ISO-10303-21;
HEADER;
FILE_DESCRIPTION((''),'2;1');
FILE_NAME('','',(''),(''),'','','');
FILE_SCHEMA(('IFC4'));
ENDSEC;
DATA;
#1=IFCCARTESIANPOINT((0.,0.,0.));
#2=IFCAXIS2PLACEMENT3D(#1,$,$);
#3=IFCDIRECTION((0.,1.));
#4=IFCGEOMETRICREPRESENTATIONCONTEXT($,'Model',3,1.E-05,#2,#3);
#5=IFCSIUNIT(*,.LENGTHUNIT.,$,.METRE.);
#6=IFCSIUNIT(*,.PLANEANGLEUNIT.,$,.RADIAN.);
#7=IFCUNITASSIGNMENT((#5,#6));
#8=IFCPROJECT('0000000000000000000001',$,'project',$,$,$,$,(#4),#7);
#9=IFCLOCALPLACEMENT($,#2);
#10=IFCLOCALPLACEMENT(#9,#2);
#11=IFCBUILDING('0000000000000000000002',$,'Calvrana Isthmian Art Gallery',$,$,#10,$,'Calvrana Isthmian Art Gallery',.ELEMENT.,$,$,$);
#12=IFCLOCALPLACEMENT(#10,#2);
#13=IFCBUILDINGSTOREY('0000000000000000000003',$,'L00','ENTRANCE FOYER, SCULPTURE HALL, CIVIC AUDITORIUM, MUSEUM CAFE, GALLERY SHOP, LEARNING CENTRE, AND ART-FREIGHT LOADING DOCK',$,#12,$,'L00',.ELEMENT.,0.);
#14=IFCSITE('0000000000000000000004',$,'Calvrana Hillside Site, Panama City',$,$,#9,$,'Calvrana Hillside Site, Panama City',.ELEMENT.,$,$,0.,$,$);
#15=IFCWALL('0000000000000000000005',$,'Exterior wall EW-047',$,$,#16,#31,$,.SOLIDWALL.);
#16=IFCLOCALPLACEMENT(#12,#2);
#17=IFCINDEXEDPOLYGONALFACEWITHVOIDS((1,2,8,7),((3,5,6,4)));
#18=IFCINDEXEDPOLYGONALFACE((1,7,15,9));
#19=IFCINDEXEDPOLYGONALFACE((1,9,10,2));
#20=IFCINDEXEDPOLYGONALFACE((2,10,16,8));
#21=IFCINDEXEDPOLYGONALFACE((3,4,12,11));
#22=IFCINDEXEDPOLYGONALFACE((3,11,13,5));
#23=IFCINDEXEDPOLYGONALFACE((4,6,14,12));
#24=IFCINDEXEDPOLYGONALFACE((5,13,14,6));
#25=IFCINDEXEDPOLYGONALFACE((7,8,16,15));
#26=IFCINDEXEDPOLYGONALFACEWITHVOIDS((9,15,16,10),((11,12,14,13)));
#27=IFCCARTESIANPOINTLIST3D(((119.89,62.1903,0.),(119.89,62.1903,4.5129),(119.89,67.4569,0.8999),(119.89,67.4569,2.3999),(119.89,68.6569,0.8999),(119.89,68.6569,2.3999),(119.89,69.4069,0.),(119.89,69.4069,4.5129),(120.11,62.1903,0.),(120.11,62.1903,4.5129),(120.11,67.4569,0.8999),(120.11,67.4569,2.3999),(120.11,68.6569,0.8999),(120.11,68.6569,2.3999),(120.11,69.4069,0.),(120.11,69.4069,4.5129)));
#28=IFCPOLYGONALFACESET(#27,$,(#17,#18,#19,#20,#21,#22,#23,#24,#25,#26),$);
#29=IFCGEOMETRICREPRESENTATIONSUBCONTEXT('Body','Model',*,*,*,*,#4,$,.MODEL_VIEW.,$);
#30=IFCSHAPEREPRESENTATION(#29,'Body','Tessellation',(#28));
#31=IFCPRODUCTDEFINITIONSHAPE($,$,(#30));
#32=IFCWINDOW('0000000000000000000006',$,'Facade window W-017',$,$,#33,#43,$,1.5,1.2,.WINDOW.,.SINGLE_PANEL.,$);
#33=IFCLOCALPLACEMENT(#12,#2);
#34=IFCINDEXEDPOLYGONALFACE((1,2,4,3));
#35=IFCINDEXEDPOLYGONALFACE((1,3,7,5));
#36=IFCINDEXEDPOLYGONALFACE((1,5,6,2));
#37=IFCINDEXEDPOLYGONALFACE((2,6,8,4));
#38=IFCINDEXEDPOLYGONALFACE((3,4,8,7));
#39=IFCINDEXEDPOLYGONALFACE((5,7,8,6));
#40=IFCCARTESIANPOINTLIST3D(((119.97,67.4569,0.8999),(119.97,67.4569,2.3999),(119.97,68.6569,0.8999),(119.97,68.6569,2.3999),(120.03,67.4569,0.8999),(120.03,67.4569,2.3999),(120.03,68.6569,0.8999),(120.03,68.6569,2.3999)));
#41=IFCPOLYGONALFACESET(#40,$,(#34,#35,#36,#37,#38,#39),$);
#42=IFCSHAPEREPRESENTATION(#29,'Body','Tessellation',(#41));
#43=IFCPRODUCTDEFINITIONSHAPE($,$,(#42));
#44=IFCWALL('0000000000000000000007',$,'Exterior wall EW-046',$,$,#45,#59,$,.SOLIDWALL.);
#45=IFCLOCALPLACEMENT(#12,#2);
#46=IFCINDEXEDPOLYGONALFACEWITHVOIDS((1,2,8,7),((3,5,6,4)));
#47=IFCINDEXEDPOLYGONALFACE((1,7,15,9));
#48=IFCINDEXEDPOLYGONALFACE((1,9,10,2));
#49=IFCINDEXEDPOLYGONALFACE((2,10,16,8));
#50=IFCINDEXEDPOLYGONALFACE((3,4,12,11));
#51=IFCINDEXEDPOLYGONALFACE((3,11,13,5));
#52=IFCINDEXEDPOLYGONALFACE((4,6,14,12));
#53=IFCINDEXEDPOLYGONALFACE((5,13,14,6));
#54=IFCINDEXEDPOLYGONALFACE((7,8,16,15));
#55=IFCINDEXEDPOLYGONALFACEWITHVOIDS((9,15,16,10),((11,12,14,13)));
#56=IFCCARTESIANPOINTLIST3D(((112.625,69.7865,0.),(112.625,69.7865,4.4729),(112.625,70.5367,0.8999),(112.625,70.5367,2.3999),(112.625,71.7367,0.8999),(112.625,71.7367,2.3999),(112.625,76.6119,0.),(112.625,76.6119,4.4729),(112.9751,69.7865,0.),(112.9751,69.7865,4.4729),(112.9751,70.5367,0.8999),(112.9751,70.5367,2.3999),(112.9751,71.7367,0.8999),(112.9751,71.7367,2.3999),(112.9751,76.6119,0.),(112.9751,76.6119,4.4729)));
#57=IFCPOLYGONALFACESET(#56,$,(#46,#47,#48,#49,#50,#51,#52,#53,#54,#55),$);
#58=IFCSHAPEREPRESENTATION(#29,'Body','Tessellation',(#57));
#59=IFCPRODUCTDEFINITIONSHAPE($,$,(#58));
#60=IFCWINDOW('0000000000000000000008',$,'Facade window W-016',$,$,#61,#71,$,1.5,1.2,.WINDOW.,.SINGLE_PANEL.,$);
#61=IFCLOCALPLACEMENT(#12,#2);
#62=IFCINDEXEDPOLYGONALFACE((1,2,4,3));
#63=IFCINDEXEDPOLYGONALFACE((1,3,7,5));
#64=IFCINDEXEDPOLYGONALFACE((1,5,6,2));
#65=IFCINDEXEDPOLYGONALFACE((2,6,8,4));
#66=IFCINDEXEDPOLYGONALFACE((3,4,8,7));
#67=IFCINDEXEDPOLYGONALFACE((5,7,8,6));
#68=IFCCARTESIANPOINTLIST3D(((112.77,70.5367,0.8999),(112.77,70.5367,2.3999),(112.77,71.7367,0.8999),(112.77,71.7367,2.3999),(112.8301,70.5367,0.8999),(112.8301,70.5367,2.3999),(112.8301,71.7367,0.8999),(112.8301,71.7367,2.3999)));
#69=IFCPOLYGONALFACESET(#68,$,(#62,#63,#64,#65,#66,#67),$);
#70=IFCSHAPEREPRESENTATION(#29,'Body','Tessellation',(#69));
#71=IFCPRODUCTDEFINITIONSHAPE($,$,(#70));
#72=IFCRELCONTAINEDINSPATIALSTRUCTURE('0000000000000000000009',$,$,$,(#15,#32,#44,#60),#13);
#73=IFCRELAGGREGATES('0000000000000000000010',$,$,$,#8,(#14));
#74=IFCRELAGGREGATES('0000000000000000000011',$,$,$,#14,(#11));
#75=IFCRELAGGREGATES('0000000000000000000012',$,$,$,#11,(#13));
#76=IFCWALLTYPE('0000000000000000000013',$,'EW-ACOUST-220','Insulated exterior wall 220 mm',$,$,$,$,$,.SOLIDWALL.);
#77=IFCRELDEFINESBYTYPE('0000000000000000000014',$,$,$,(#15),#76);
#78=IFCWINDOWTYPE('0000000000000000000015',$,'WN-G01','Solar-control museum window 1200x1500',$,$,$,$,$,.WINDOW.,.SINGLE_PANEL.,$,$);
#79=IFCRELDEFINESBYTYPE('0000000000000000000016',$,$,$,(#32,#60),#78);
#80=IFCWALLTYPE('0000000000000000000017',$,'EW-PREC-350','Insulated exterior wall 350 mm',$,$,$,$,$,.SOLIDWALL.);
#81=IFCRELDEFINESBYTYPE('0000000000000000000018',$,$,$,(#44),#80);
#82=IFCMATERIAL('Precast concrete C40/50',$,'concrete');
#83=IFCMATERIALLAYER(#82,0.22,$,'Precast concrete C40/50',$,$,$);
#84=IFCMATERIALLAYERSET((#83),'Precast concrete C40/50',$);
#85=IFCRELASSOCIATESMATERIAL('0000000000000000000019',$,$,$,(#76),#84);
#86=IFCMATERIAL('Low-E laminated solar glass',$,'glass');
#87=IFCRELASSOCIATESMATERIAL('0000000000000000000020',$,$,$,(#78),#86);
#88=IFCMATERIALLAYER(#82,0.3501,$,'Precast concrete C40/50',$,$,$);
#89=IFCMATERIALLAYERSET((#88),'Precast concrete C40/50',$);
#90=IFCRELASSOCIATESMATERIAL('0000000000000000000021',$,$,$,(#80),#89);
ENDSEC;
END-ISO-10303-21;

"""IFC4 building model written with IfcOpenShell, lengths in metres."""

from ifc_helpers import new_model, si_unit, direction, frame, frame_2d, origin, place, context, subcontext, project, spatial, rectangle, extrude, material, layer, layer_set, type_object, element, fill, save


model = new_model("IFC4")

# Units and contexts
model_context = context("Model", 3, precision=1e-05, world=origin(), true_north=direction((0.0, 1.0)))
body_context = subcontext(model_context, "Body", "Model", "MODEL_VIEW")
ifc_project = project(units=[si_unit("LENGTHUNIT", "METRE"), si_unit("PLANEANGLEUNIT", "RADIAN")], contexts=[model_context])

# Site, building, storey
site_placement = place(None, origin())
site = spatial("IfcSite", under=ifc_project, at=site_placement, Name="Calvrana Hillside Site, Panama City", LongName="Calvrana Hillside Site, Panama City", CompositionType="ELEMENT", RefElevation=0.0)
building_placement = place(site_placement, origin())
building = spatial("IfcBuilding", under=site, at=building_placement, Name="Calvrana Isthmian Art Gallery", LongName="Calvrana Isthmian Art Gallery", CompositionType="ELEMENT")
storey_placement = place(building_placement, origin())
storey = spatial("IfcBuildingStorey", under=building, at=storey_placement, Name="L00", Description="ENTRANCE FOYER, SCULPTURE HALL, CIVIC AUDITORIUM, MUSEUM CAFE, GALLERY SHOP, LEARNING CENTRE, AND ART-FREIGHT LOADING DOCK", LongName="L00", CompositionType="ELEMENT", Elevation=0.0)

# Shared definitions
ifc_material_1 = material(Name="Low-E laminated solar glass", Category="glass")

# Walls, openings, windows
ifc_material_2 = material(Name="Precast concrete C40/50", Category="concrete")
ifc_layer_1 = layer(ifc_material_2, 0.22, Name="Precast concrete C40/50")
ifc_layer_set_1 = layer_set([ifc_layer_1], Name="Precast concrete C40/50")
wall_type_1 = type_object("IfcWallType", Name="EW-ACOUST-220", Description="Insulated exterior wall 220 mm", PredefinedType="SOLIDWALL", material=ifc_layer_set_1)
wall_1_placement = place(storey_placement, frame((120.0, 69.407, 0.0), z_axis=(0.0, 0.0, 1.0), x_axis=(0.0, -1.0, 0.0)))
wall_1 = element("IfcWall", 1, at=wall_1_placement, inside=storey, type_object=wall_type_1, Name="Exterior wall EW-047", PredefinedType="SOLIDWALL", context=body_context, shape_type="SweptSolid", body=[
    extrude(rectangle(XDim=7.2166, YDim=0.22, at=frame_2d((3.6084, 0.0))), origin(), (0.0, 0.0, 1.0), 4.5129),
])
opening_1_placement = place(wall_1_placement, frame((0.75, 0.0, 0.8999)))
opening_1 = element("IfcOpeningElement", 2, at=opening_1_placement, cuts=wall_1, PredefinedType="OPENING", context=body_context, shape_type="SweptSolid", body=[
    extrude(rectangle(XDim=1.2, YDim=1.5, at=frame_2d((0.6001, 0.75))), frame((0.0, 0.1201, 0.0), z_axis=(0.0, -1.0, 0.0), x_axis=(1.0, 0.0, 0.0)), (0.0, 0.0, 1.0), 0.2405),
])
window_type = type_object("IfcWindowType", Name="WN-G01", Description="Solar-control museum window 1200x1500", PartitioningType="SINGLE_PANEL", PredefinedType="WINDOW", material=ifc_material_1)
window_1_placement = place(opening_1_placement, origin())
window_1 = element("IfcWindow", 3, at=window_1_placement, inside=storey, type_object=window_type, Name="Facade window W-017", OverallHeight=1.5, OverallWidth=1.2, PartitioningType="SINGLE_PANEL", PredefinedType="WINDOW", context=body_context, shape_type="SweptSolid", body=[
    extrude(rectangle(XDim=1.2, YDim=1.5, at=frame_2d((0.6001, 0.75))), frame((0.0, 0.03, 0.0), z_axis=(0.0, -1.0, 0.0), x_axis=(1.0, 0.0, 0.0)), (0.0, 0.0, 1.0), 0.0601),
])
fill(opening_1, window_1)
ifc_layer_2 = layer(ifc_material_2, 0.3501, Name="Precast concrete C40/50")
ifc_layer_set_2 = layer_set([ifc_layer_2], Name="Precast concrete C40/50")
wall_type_2 = type_object("IfcWallType", Name="EW-PREC-350", Description="Insulated exterior wall 350 mm", PredefinedType="SOLIDWALL", material=ifc_layer_set_2)
wall_2_placement = place(storey_placement, frame((112.8, 69.7866, 0.0), z_axis=(0.0, 0.0, 1.0), x_axis=(0.0, 1.0, 0.0)))
wall_2 = element("IfcWall", 4, at=wall_2_placement, inside=storey, type_object=wall_type_2, Name="Exterior wall EW-046", PredefinedType="SOLIDWALL", context=body_context, shape_type="SweptSolid", body=[
    extrude(rectangle(XDim=6.8254, YDim=0.3501, at=frame_2d((3.4126, 0.0))), origin(), (0.0, 0.0, 1.0), 4.4729),
])
opening_2_placement = place(wall_2_placement, frame((0.75, 0.0, 0.8999)))
opening_2 = element("IfcOpeningElement", 5, at=opening_2_placement, cuts=wall_2, PredefinedType="OPENING", context=body_context, shape_type="SweptSolid", body=[
    extrude(rectangle(XDim=1.2, YDim=1.5, at=frame_2d((0.6001, 0.75))), frame((0.0, 0.1853, 0.0), z_axis=(0.0, -1.0, 0.0), x_axis=(1.0, 0.0, 0.0)), (0.0, 0.0, 1.0), 0.3706),
])
window_2_placement = place(opening_2_placement, origin())
window_2 = element("IfcWindow", 6, at=window_2_placement, inside=storey, type_object=window_type, Name="Facade window W-016", OverallHeight=1.5, OverallWidth=1.2, PartitioningType="SINGLE_PANEL", PredefinedType="WINDOW", context=body_context, shape_type="SweptSolid", body=[
    extrude(rectangle(XDim=1.2, YDim=1.5, at=frame_2d((0.6001, 0.75))), frame((0.0, 0.03, 0.0), z_axis=(0.0, -1.0, 0.0), x_axis=(1.0, 0.0, 0.0)), (0.0, 0.0, 1.0), 0.0601),
])
fill(opening_2, window_2)

save(model, "model.ifc")
